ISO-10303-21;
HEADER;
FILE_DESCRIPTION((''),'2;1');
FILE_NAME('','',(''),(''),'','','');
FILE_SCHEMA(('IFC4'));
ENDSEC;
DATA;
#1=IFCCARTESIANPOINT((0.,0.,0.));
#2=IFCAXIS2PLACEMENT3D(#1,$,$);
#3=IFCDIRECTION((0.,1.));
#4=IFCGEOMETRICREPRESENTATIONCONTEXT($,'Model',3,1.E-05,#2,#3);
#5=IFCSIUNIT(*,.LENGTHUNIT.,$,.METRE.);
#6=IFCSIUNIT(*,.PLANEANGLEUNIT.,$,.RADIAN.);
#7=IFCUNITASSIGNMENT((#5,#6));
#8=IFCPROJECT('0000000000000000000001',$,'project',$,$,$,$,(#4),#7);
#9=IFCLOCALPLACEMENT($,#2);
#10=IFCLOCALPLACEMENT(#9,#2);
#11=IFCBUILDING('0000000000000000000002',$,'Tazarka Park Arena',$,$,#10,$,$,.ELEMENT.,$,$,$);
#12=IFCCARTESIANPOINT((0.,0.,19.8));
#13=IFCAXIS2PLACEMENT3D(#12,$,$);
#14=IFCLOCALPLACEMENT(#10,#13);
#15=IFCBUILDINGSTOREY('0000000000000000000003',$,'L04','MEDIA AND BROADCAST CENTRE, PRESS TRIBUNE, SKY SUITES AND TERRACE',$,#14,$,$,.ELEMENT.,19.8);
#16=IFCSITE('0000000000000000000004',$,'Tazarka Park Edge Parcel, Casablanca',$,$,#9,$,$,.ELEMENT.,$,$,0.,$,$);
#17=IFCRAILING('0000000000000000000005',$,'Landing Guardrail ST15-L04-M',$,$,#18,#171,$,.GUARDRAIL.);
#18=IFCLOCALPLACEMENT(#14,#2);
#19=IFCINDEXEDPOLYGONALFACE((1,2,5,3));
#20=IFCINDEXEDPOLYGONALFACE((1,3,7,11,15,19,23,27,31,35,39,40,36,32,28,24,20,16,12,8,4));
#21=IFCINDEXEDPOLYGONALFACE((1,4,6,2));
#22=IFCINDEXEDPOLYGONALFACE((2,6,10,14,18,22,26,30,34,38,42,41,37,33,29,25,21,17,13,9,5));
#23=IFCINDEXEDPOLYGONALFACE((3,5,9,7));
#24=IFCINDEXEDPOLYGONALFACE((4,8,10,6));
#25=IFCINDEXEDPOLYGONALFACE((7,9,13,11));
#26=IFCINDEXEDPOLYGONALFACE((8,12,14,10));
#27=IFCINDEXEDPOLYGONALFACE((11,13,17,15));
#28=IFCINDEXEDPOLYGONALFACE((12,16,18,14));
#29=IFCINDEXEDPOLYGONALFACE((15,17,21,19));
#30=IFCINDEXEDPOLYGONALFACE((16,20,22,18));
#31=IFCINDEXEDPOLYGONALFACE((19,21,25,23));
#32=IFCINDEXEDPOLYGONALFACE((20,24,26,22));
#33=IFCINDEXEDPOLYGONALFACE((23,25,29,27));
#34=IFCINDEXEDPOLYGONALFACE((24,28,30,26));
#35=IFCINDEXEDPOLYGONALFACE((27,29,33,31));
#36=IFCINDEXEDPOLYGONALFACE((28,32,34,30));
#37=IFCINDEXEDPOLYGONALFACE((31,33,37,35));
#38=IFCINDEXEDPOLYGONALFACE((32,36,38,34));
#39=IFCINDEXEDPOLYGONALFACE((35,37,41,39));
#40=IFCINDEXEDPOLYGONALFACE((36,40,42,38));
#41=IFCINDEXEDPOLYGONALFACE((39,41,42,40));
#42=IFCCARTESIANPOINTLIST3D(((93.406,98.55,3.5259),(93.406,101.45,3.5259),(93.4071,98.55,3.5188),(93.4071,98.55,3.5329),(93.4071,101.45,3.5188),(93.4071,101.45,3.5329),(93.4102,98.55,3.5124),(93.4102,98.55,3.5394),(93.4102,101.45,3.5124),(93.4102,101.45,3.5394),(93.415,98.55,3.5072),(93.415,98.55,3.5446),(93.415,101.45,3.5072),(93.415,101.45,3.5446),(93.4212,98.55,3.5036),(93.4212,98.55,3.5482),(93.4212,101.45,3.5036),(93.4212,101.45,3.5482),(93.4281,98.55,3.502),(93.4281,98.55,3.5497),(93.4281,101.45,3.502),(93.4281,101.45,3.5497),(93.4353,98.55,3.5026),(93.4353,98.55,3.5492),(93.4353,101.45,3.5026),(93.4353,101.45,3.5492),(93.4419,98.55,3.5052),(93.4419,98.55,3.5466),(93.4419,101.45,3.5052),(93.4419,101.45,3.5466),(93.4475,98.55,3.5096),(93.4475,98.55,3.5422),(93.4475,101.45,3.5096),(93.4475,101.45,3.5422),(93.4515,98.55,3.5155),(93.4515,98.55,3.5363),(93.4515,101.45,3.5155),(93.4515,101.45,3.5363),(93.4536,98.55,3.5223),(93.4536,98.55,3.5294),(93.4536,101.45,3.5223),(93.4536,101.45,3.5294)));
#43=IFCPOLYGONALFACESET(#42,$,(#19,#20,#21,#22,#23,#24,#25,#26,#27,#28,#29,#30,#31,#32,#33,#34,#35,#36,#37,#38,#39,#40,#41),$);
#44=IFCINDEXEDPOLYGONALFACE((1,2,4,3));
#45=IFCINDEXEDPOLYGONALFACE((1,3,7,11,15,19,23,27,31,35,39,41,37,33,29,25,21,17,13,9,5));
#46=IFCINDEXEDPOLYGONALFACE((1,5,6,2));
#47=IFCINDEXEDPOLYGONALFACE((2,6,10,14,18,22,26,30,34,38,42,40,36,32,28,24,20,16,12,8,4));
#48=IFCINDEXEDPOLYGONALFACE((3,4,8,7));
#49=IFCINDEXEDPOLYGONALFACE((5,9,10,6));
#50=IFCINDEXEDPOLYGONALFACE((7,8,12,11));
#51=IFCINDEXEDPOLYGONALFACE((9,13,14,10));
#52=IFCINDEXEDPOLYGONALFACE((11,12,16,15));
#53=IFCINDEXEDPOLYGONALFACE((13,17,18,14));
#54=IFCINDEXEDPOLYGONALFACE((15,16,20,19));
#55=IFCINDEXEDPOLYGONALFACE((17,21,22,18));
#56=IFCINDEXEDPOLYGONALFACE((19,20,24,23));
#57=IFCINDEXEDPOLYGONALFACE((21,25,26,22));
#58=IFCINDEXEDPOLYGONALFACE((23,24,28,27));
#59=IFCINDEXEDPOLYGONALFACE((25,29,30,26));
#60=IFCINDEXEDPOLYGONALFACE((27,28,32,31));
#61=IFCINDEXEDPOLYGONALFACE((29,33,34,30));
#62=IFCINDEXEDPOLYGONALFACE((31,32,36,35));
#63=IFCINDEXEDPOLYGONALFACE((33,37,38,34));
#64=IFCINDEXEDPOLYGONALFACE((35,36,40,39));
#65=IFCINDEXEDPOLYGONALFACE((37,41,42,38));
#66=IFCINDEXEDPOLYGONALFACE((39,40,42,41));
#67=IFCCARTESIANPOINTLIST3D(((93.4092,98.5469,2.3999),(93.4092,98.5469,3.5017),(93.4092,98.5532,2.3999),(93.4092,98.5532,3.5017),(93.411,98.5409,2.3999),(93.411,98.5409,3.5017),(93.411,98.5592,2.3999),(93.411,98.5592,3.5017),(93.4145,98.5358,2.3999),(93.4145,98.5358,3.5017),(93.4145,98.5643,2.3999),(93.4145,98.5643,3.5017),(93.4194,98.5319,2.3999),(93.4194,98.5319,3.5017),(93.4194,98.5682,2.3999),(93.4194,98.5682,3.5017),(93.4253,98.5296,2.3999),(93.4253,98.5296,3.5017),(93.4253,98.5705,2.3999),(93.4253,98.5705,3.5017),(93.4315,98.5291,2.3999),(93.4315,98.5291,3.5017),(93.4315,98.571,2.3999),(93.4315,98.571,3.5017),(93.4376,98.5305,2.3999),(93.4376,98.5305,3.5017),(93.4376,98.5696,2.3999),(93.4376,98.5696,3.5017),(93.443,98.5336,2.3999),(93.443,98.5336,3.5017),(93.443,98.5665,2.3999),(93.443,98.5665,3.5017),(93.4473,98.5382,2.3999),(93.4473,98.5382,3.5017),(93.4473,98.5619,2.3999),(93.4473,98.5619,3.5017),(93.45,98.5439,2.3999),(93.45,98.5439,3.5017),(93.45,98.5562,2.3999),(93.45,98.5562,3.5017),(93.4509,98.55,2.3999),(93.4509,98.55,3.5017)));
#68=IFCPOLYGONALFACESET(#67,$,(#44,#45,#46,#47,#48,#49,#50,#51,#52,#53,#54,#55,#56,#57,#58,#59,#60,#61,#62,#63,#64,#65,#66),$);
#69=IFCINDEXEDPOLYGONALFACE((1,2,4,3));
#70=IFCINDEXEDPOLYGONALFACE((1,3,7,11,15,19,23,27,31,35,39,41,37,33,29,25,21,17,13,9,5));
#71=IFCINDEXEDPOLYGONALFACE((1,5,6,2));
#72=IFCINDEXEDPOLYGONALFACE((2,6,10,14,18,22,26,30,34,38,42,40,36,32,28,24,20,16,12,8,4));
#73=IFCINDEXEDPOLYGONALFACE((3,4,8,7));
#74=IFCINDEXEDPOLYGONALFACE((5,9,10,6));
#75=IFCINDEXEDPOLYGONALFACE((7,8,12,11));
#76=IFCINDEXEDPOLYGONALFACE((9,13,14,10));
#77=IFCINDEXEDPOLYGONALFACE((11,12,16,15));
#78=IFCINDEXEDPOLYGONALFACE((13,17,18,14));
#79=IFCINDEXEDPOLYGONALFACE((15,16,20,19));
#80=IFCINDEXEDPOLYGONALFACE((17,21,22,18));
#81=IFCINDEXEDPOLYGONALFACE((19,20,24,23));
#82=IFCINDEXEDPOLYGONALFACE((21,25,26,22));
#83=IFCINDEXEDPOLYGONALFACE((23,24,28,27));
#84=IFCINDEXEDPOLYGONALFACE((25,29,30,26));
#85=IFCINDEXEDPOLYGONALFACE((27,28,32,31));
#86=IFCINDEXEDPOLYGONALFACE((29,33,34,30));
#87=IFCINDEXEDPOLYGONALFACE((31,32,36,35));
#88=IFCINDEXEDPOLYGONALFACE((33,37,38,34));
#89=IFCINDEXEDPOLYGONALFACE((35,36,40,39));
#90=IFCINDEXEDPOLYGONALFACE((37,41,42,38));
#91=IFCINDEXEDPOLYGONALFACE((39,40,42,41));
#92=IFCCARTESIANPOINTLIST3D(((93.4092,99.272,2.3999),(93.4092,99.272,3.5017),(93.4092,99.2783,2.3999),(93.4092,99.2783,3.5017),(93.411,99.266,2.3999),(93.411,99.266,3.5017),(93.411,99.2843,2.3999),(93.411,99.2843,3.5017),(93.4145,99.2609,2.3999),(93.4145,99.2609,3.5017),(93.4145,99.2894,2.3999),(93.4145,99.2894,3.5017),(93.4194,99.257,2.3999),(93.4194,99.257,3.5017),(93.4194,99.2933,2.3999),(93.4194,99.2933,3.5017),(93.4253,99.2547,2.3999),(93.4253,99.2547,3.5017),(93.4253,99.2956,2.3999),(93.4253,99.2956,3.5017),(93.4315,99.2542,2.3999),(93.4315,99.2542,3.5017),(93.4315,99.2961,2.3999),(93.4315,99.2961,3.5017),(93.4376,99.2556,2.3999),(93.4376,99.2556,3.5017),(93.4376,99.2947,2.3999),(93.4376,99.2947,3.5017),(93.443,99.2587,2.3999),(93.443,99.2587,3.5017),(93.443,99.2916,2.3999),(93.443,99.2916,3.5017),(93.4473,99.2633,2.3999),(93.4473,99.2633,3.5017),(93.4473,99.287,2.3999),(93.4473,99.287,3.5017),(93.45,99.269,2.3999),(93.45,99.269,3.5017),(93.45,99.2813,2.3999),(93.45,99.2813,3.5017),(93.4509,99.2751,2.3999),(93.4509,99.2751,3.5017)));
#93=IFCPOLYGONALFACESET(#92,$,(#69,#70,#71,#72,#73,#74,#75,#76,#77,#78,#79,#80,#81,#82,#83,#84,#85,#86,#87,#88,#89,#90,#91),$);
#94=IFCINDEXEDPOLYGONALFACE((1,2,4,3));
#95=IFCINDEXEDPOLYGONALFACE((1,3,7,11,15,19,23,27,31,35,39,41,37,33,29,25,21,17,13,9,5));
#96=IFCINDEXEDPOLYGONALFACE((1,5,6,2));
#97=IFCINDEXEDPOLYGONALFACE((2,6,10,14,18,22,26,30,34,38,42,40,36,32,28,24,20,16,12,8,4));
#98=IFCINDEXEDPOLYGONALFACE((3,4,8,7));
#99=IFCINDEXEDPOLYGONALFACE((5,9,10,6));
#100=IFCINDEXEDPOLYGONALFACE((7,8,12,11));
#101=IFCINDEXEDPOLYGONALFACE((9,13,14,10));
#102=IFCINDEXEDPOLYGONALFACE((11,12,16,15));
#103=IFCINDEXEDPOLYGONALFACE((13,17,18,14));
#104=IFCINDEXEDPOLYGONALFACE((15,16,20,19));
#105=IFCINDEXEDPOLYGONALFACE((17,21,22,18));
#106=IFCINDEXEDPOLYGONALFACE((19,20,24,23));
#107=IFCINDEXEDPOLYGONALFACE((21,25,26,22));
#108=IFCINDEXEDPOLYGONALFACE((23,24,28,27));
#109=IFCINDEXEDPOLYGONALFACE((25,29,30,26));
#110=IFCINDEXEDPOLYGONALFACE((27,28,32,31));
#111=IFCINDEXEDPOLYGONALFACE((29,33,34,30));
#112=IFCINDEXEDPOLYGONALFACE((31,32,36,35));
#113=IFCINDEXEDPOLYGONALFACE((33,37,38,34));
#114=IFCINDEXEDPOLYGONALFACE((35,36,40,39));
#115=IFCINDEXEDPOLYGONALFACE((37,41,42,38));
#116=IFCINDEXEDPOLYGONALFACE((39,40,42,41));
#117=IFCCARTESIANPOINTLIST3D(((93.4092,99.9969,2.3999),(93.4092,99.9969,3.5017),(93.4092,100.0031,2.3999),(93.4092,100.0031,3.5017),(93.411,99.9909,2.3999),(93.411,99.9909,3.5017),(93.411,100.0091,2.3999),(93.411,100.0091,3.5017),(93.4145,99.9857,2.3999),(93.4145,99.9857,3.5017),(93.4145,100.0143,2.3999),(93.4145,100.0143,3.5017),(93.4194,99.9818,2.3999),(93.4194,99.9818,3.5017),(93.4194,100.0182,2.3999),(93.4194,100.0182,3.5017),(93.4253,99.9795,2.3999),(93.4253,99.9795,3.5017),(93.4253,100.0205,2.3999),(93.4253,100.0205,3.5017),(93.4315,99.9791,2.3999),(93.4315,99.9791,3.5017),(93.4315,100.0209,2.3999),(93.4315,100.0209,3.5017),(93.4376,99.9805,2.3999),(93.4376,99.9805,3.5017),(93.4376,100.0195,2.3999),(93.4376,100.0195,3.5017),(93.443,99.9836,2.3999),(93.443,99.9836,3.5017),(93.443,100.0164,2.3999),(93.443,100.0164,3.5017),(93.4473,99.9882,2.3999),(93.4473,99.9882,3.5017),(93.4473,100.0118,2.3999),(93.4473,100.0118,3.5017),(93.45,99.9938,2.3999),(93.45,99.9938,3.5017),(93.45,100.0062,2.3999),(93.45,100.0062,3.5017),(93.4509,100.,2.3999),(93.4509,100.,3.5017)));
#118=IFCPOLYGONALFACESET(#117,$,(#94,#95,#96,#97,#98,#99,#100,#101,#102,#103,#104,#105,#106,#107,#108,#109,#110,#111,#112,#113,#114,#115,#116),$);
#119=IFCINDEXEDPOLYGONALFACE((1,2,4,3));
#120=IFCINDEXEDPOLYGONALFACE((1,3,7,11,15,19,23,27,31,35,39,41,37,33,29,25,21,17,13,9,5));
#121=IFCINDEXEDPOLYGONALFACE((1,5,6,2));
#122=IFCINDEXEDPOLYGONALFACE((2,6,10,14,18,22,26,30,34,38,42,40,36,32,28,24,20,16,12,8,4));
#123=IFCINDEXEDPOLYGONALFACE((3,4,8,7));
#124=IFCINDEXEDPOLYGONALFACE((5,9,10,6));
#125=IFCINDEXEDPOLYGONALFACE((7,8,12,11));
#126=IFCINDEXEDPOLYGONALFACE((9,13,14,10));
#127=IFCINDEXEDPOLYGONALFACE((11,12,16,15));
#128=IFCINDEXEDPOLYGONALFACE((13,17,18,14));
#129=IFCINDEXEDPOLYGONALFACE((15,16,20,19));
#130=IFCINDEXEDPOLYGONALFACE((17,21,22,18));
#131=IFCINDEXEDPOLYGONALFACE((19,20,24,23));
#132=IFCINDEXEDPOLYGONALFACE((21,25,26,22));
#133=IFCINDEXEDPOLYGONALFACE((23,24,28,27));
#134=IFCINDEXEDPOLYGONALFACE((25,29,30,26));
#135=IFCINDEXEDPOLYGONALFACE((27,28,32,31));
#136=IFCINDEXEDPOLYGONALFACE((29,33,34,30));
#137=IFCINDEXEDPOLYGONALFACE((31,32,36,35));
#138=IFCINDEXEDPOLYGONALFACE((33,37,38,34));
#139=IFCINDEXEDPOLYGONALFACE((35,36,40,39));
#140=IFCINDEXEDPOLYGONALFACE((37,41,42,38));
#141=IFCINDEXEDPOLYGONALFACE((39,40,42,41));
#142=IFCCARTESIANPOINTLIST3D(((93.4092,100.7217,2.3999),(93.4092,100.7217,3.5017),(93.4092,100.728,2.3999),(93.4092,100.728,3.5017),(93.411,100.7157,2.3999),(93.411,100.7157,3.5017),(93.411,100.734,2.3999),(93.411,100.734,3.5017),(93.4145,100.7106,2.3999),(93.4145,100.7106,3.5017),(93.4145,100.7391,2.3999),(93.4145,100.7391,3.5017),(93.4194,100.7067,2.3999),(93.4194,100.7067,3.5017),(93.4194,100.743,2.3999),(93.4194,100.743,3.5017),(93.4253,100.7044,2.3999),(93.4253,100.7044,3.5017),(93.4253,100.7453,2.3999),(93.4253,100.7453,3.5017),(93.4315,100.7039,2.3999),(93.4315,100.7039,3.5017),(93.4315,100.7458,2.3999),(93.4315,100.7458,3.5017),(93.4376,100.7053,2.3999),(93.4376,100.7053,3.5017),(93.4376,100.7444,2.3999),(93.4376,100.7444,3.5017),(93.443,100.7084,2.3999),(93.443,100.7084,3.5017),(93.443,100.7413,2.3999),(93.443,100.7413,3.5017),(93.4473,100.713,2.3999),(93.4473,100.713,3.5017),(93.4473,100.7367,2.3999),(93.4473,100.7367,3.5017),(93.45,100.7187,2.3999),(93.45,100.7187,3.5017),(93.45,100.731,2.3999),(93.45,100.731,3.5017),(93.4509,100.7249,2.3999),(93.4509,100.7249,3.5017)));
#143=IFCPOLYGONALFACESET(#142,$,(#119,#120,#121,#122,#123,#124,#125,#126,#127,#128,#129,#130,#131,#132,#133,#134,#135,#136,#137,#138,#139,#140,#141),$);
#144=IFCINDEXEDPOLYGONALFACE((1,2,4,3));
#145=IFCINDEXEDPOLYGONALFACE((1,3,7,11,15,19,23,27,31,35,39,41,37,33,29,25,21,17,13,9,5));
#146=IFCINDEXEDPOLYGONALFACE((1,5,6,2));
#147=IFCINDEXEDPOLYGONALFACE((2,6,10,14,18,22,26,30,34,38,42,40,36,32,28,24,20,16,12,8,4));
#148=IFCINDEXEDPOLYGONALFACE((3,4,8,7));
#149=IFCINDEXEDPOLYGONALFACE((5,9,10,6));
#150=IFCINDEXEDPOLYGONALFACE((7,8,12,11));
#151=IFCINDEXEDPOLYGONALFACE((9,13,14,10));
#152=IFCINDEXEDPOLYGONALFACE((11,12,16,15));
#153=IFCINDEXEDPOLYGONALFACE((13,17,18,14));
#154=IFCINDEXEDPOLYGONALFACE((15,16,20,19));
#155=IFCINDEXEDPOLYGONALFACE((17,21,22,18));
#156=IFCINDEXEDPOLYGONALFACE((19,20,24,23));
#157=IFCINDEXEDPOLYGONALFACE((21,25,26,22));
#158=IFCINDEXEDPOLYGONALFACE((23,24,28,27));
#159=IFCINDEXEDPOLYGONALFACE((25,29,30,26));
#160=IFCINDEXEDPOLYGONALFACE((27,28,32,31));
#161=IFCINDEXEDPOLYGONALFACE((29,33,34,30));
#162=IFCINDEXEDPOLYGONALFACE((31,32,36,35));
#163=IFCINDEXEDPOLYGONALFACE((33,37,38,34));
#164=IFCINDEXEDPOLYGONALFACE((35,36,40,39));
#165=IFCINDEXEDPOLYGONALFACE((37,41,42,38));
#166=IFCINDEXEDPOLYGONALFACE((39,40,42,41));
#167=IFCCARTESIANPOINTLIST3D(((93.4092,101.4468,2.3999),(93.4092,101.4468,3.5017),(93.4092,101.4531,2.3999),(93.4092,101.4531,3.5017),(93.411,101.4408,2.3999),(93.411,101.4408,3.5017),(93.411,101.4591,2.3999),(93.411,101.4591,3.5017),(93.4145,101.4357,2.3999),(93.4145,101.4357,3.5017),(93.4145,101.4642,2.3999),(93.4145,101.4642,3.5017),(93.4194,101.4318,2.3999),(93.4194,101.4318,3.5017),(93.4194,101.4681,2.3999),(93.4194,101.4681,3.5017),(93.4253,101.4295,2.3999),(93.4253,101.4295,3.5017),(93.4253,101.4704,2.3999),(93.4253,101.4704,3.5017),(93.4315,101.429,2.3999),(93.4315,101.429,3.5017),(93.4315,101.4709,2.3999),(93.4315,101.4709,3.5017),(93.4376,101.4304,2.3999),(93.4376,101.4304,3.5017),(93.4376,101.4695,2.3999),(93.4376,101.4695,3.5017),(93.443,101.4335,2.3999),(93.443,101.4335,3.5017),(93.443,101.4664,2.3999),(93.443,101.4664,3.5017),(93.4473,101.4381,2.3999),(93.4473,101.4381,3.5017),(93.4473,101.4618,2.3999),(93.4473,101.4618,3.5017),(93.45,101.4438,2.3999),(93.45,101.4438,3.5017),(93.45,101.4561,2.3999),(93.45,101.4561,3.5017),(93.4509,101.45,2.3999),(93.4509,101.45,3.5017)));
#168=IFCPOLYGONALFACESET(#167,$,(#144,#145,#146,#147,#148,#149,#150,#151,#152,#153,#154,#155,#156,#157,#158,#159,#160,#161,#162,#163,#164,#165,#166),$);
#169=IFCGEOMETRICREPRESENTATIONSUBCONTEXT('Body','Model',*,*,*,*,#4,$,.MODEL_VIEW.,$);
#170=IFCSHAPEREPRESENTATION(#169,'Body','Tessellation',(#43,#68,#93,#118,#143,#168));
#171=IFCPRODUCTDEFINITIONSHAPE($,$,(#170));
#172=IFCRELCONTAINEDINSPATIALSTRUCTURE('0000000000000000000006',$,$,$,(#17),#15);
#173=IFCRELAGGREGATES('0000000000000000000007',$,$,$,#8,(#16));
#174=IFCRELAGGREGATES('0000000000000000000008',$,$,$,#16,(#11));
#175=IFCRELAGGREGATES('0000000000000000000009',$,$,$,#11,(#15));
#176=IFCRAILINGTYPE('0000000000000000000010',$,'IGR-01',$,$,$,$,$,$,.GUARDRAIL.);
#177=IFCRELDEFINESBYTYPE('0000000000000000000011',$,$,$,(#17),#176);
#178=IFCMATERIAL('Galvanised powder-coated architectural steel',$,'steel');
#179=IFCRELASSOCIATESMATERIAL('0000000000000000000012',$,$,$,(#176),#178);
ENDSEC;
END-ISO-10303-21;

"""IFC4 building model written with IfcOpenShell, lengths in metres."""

from ifc_helpers import new_model, si_unit, direction, frame, origin, origin_2d, place, context, subcontext, project, spatial, circle, extrude, material, type_object, element, save


model = new_model("IFC4")

# Units and contexts
model_context = context("Model", 3, precision=1e-05, world=origin(), true_north=direction((0.0, 1.0)))
body_context = subcontext(model_context, "Body", "Model", "MODEL_VIEW")
ifc_project = project(units=[si_unit("LENGTHUNIT", "METRE"), si_unit("PLANEANGLEUNIT", "RADIAN")], contexts=[model_context])

# Site, building, storey
site_placement = place(None, origin())
site = spatial("IfcSite", under=ifc_project, at=site_placement, Name="Tazarka Park Edge Parcel, Casablanca", CompositionType="ELEMENT", RefElevation=0.0)
building_placement = place(site_placement, origin())
building = spatial("IfcBuilding", under=site, at=building_placement, Name="Tazarka Park Arena", CompositionType="ELEMENT")
storey_placement = place(building_placement, frame((0.0, 0.0, 19.8)))
storey = spatial("IfcBuildingStorey", under=building, at=storey_placement, Name="L04", Description="MEDIA AND BROADCAST CENTRE, PRESS TRIBUNE, SKY SUITES AND TERRACE", CompositionType="ELEMENT", Elevation=19.8)

# Railing
ifc_material_1 = material(Name="Galvanised powder-coated architectural steel", Category="steel")
railing_type_1 = type_object("IfcRailingType", Name="IGR-01", PredefinedType="GUARDRAIL", material=ifc_material_1)
for number, where, name in (
    (1, (93.4299, 98.55, 2.3999), "Landing Guardrail ST15-L04-M"),
):
    element("IfcRailing", number, at=place(storey_placement, frame(where)), inside=storey, type_object=railing_type_1, Name=name, PredefinedType="GUARDRAIL", context=body_context, shape_type="SweptSolid", body=[
        extrude(circle(Radius=0.0239, at=origin_2d()), frame((0.0, 0.0, 1.126), z_axis=(0.0, 1.0, 0.0), x_axis=(-1.0, 0.0, 0.0)), (0.0, 0.0, 1.0), 2.8999),
        extrude(circle(Radius=0.021, at=origin_2d()), origin(), (0.0, 0.0, 1.0), 1.1018),
        extrude(circle(Radius=0.021, at=origin_2d()), frame((0.0, 0.7251, 0.0)), (0.0, 0.0, 1.0), 1.1018),
        extrude(circle(Radius=0.021, at=origin_2d()), frame((0.0, 1.45, 0.0)), (0.0, 0.0, 1.0), 1.1018),
        extrude(circle(Radius=0.021, at=origin_2d()), frame((0.0, 2.1748, 0.0)), (0.0, 0.0, 1.0), 1.1018),
        extrude(circle(Radius=0.021, at=origin_2d()), frame((0.0, 2.8999, 0.0)), (0.0, 0.0, 1.0), 1.1018),
    ])

save(model, "model.ifc")
